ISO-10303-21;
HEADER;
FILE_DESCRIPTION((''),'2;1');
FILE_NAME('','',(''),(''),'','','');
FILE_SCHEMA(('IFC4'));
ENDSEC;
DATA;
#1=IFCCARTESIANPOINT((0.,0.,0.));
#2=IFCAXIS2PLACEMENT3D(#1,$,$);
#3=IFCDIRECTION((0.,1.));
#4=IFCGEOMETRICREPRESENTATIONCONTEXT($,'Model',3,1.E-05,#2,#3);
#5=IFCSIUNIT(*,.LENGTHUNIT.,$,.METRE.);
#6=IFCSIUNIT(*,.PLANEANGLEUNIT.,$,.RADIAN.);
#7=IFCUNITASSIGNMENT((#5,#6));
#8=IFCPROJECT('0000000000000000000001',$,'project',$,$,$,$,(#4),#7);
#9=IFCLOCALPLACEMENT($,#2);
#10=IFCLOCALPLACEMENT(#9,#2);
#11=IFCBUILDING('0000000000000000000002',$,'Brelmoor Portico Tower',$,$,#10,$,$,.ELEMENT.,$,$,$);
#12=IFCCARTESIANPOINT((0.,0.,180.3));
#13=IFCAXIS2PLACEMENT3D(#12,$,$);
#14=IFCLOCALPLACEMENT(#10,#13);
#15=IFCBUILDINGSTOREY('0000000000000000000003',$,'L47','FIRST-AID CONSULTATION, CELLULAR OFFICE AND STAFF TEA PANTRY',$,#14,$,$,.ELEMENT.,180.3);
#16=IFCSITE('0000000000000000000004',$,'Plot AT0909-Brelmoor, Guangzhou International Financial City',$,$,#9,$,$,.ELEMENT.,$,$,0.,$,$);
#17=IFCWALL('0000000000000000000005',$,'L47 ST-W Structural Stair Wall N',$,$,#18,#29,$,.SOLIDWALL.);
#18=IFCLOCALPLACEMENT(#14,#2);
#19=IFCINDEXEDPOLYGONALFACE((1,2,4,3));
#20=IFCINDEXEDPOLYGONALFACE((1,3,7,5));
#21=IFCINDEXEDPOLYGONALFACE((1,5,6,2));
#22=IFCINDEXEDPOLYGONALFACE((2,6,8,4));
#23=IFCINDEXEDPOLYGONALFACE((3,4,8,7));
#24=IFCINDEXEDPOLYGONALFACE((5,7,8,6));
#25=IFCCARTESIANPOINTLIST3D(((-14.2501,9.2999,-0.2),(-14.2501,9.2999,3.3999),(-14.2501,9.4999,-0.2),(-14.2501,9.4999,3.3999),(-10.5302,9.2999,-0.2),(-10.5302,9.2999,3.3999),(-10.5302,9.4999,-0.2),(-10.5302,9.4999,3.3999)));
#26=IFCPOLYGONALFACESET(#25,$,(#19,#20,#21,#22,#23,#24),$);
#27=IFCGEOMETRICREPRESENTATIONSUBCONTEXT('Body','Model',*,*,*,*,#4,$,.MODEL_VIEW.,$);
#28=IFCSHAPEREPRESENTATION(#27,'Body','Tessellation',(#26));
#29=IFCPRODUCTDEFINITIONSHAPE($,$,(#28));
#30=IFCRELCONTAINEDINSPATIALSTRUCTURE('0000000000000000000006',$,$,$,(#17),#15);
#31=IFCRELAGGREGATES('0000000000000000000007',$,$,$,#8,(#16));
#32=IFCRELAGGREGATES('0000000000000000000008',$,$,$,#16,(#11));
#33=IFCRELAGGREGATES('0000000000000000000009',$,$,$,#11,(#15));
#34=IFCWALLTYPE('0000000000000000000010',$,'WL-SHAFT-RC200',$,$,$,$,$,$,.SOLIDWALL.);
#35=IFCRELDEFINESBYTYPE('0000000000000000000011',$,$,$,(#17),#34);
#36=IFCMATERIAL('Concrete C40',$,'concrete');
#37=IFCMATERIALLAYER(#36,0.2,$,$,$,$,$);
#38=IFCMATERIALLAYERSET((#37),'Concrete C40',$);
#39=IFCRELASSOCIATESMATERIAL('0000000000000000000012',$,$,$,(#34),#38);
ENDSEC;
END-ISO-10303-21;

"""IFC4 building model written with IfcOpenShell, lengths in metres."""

from ifc_helpers import new_model, si_unit, direction, frame, frame_2d, origin, place, context, subcontext, project, spatial, rectangle, extrude, material, layer, layer_set, type_object, element, save


model = new_model("IFC4")

# Units and contexts
model_context = context("Model", 3, precision=1e-05, world=origin(), true_north=direction((0.0, 1.0)))
body_context = subcontext(model_context, "Body", "Model", "MODEL_VIEW")
ifc_project = project(units=[si_unit("LENGTHUNIT", "METRE"), si_unit("PLANEANGLEUNIT", "RADIAN")], contexts=[model_context])

# Site, building, storey
site_placement = place(None, origin())
site = spatial("IfcSite", under=ifc_project, at=site_placement, Name="Plot AT0909-Brelmoor, Guangzhou International Financial City", CompositionType="ELEMENT", RefElevation=0.0)
building_placement = place(site_placement, origin())
building = spatial("IfcBuilding", under=site, at=building_placement, Name="Brelmoor Portico Tower", CompositionType="ELEMENT")
storey_placement = place(building_placement, frame((0.0, 0.0, 180.3)))
storey = spatial("IfcBuildingStorey", under=building, at=storey_placement, Name="L47", Description="FIRST-AID CONSULTATION, CELLULAR OFFICE AND STAFF TEA PANTRY", CompositionType="ELEMENT", Elevation=180.3)

# Wall
ifc_material_1 = material(Name="Concrete C40", Category="concrete")
ifc_layer_1 = layer(ifc_material_1, 0.2)
ifc_layer_set_1 = layer_set([ifc_layer_1], Name="Concrete C40")
wall_type_1 = type_object("IfcWallType", Name="WL-SHAFT-RC200", PredefinedType="SOLIDWALL", material=ifc_layer_set_1)
wall_1_placement = place(storey_placement, frame((-14.25, 9.3999, -0.2), z_axis=(0.0, 0.0, 1.0), x_axis=(1.0, 0.0, 0.0)))
element("IfcWall", 1, at=wall_1_placement, inside=storey, type_object=wall_type_1, Name="L47 ST-W Structural Stair Wall N", PredefinedType="SOLIDWALL", context=body_context, shape_type="SweptSolid", body=[
    extrude(rectangle(XDim=3.72, YDim=0.2, at=frame_2d((1.8599, 0.0))), origin(), (0.0, 0.0, 1.0), 3.5999),
])

save(model, "model.ifc")
